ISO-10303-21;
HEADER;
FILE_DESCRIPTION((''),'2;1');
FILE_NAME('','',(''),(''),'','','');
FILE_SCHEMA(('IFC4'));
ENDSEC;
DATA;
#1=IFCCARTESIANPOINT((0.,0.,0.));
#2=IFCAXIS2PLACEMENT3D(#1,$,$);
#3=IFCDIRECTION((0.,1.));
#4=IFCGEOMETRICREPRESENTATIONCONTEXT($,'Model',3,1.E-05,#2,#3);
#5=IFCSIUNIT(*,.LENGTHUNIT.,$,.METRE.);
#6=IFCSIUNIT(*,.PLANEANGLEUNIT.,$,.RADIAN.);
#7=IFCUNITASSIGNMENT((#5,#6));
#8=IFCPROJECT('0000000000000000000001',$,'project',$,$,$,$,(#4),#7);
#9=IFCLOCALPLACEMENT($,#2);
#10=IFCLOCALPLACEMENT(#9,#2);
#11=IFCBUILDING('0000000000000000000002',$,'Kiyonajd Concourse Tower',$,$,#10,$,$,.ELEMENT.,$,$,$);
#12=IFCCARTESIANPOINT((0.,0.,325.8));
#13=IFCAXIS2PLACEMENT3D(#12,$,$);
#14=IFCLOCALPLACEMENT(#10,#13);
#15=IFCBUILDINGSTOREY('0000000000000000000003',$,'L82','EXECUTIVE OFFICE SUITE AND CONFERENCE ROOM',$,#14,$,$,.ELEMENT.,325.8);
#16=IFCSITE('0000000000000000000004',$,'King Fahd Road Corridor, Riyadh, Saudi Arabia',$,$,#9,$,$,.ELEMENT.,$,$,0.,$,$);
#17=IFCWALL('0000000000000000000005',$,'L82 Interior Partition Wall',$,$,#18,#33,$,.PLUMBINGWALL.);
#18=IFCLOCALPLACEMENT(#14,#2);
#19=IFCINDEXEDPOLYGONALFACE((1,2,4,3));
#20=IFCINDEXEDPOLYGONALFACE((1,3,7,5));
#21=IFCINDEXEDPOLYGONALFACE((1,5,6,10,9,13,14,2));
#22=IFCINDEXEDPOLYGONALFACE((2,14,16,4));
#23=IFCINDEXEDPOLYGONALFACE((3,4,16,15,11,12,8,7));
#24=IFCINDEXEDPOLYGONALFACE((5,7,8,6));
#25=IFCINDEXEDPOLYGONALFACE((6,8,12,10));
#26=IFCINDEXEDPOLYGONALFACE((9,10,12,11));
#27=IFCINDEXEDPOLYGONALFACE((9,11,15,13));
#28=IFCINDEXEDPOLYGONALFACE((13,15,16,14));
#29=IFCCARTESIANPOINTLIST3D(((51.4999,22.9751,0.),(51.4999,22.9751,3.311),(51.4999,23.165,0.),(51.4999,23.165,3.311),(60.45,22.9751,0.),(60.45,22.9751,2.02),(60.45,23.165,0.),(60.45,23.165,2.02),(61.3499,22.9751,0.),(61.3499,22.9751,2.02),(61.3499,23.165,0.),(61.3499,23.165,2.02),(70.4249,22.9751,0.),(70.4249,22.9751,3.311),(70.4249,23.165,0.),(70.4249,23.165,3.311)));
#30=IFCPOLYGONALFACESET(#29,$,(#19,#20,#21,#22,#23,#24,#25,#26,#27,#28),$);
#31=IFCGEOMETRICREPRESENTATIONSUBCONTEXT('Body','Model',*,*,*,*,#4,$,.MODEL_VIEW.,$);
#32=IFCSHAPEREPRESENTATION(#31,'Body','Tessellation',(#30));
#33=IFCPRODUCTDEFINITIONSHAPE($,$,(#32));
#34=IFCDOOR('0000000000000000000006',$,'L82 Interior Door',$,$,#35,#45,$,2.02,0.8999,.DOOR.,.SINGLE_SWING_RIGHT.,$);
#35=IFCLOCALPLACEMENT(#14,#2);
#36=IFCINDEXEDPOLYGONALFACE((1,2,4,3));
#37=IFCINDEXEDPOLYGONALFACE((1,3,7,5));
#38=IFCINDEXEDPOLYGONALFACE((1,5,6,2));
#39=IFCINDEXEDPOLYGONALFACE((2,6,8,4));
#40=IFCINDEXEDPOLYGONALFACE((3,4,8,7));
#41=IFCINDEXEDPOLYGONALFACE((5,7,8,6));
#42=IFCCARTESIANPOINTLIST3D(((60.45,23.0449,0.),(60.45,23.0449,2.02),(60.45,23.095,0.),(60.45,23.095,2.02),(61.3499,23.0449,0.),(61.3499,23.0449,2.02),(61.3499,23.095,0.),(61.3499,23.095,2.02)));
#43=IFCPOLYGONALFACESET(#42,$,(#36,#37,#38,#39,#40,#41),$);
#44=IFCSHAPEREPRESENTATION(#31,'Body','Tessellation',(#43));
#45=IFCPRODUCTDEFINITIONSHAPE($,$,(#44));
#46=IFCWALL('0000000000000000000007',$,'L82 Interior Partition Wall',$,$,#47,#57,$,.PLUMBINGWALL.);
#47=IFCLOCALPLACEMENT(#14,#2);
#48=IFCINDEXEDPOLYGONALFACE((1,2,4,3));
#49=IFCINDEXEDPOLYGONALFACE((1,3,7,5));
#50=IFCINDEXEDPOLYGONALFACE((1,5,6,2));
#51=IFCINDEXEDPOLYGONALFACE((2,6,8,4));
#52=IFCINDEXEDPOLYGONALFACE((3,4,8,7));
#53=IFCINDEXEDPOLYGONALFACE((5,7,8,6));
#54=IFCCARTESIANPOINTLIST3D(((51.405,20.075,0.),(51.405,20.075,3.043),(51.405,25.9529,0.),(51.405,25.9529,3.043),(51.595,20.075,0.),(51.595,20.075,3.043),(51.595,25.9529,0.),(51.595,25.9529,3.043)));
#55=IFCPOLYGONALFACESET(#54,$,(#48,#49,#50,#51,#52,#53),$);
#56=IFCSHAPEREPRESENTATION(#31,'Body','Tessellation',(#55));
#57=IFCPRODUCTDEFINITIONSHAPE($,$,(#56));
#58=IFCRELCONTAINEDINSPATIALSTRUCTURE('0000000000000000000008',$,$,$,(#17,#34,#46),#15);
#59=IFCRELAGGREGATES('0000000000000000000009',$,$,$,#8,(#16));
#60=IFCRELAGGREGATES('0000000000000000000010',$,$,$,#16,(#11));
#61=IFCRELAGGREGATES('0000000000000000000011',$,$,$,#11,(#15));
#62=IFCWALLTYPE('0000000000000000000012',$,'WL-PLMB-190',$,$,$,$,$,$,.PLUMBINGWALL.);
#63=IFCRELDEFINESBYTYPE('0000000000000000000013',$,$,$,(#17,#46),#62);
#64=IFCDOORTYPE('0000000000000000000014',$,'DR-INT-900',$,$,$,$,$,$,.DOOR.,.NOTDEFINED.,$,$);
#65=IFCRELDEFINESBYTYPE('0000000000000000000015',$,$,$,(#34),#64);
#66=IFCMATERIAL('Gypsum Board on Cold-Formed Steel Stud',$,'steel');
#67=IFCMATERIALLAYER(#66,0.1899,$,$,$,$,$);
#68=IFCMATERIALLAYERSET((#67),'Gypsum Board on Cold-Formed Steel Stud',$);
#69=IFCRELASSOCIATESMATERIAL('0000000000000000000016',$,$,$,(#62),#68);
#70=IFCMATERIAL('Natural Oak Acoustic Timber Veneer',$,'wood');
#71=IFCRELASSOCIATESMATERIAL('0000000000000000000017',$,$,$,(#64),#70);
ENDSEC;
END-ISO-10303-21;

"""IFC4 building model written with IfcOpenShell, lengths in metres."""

from ifc_helpers import new_model, si_unit, direction, frame, frame_2d, origin, place, context, subcontext, project, spatial, rectangle, extrude, material, layer, layer_set, type_object, element, fill, save


model = new_model("IFC4")

# Units and contexts
model_context = context("Model", 3, precision=1e-05, world=origin(), true_north=direction((0.0, 1.0)))
body_context = subcontext(model_context, "Body", "Model", "MODEL_VIEW")
ifc_project = project(units=[si_unit("LENGTHUNIT", "METRE"), si_unit("PLANEANGLEUNIT", "RADIAN")], contexts=[model_context])

# Site, building, storey
site_placement = place(None, origin())
site = spatial("IfcSite", under=ifc_project, at=site_placement, Name="King Fahd Road Corridor, Riyadh, Saudi Arabia", CompositionType="ELEMENT", RefElevation=0.0)
building_placement = place(site_placement, origin())
building = spatial("IfcBuilding", under=site, at=building_placement, Name="Kiyonajd Concourse Tower", CompositionType="ELEMENT")
storey_placement = place(building_placement, frame((0.0, 0.0, 325.8)))
storey = spatial("IfcBuildingStorey", under=building, at=storey_placement, Name="L82", Description="EXECUTIVE OFFICE SUITE AND CONFERENCE ROOM", CompositionType="ELEMENT", Elevation=325.8)

# Wall, opening, door
ifc_material_1 = material(Name="Gypsum Board on Cold-Formed Steel Stud", Category="steel")
ifc_layer_1 = layer(ifc_material_1, 0.1899)
ifc_layer_set_1 = layer_set([ifc_layer_1], Name="Gypsum Board on Cold-Formed Steel Stud")
wall_type_1 = type_object("IfcWallType", Name="WL-PLMB-190", PredefinedType="PLUMBINGWALL", material=ifc_layer_set_1)
wall_1_placement = place(storey_placement, frame((51.5, 23.0701, 0.0), z_axis=(0.0, 0.0, 1.0), x_axis=(1.0, 0.0, 0.0)))
wall_1 = element("IfcWall", 1, at=wall_1_placement, inside=storey, type_object=wall_type_1, Name="L82 Interior Partition Wall", PredefinedType="PLUMBINGWALL", context=body_context, shape_type="SweptSolid", body=[
    extrude(rectangle(XDim=18.925, YDim=0.1899, at=frame_2d((9.4624, 0.0))), origin(), (0.0, 0.0, 1.0), 3.311),
])
opening_1_placement = place(wall_1_placement, frame((8.95, 0.0, 0.0)))
opening_1 = element("IfcOpeningElement", 2, at=opening_1_placement, cuts=wall_1, PredefinedType="OPENING", context=body_context, shape_type="SweptSolid", body=[
    extrude(rectangle(XDim=0.8999, YDim=2.02, at=frame_2d((0.45, 1.01))), frame((0.0, 0.105, 0.0), z_axis=(0.0, -1.0, 0.0), x_axis=(1.0, 0.0, 0.0)), (0.0, 0.0, 1.0), 0.21),
])
ifc_material_2 = material(Name="Natural Oak Acoustic Timber Veneer", Category="wood")
door_type_1 = type_object("IfcDoorType", Name="DR-INT-900", OperationType="NOTDEFINED", PredefinedType="DOOR", material=ifc_material_2)
door_1_placement = place(opening_1_placement, origin())
door_1 = element("IfcDoor", 3, at=door_1_placement, inside=storey, type_object=door_type_1, Name="L82 Interior Door", OperationType="SINGLE_SWING_RIGHT", OverallHeight=2.02, OverallWidth=0.8999, PredefinedType="DOOR", context=body_context, shape_type="SweptSolid", body=[
    extrude(rectangle(XDim=0.8999, YDim=2.02, at=frame_2d((0.45, 1.01))), frame((0.0, 0.0249, 0.0), z_axis=(0.0, -1.0, 0.0), x_axis=(1.0, 0.0, 0.0)), (0.0, 0.0, 1.0), 0.05),
])
fill(opening_1, door_1)

# Wall
wall_2_placement = place(storey_placement, frame((51.5, 20.075, 0.0), z_axis=(0.0, 0.0, 1.0), x_axis=(0.0, 1.0, 0.0)))
element("IfcWall", 4, at=wall_2_placement, inside=storey, type_object=wall_type_1, Name="L82 Interior Partition Wall", PredefinedType="PLUMBINGWALL", context=body_context, shape_type="SweptSolid", body=[
    extrude(rectangle(XDim=5.8779, YDim=0.1899, at=frame_2d((2.939, 0.0))), origin(), (0.0, 0.0, 1.0), 3.043),
])

save(model, "model.ifc")
